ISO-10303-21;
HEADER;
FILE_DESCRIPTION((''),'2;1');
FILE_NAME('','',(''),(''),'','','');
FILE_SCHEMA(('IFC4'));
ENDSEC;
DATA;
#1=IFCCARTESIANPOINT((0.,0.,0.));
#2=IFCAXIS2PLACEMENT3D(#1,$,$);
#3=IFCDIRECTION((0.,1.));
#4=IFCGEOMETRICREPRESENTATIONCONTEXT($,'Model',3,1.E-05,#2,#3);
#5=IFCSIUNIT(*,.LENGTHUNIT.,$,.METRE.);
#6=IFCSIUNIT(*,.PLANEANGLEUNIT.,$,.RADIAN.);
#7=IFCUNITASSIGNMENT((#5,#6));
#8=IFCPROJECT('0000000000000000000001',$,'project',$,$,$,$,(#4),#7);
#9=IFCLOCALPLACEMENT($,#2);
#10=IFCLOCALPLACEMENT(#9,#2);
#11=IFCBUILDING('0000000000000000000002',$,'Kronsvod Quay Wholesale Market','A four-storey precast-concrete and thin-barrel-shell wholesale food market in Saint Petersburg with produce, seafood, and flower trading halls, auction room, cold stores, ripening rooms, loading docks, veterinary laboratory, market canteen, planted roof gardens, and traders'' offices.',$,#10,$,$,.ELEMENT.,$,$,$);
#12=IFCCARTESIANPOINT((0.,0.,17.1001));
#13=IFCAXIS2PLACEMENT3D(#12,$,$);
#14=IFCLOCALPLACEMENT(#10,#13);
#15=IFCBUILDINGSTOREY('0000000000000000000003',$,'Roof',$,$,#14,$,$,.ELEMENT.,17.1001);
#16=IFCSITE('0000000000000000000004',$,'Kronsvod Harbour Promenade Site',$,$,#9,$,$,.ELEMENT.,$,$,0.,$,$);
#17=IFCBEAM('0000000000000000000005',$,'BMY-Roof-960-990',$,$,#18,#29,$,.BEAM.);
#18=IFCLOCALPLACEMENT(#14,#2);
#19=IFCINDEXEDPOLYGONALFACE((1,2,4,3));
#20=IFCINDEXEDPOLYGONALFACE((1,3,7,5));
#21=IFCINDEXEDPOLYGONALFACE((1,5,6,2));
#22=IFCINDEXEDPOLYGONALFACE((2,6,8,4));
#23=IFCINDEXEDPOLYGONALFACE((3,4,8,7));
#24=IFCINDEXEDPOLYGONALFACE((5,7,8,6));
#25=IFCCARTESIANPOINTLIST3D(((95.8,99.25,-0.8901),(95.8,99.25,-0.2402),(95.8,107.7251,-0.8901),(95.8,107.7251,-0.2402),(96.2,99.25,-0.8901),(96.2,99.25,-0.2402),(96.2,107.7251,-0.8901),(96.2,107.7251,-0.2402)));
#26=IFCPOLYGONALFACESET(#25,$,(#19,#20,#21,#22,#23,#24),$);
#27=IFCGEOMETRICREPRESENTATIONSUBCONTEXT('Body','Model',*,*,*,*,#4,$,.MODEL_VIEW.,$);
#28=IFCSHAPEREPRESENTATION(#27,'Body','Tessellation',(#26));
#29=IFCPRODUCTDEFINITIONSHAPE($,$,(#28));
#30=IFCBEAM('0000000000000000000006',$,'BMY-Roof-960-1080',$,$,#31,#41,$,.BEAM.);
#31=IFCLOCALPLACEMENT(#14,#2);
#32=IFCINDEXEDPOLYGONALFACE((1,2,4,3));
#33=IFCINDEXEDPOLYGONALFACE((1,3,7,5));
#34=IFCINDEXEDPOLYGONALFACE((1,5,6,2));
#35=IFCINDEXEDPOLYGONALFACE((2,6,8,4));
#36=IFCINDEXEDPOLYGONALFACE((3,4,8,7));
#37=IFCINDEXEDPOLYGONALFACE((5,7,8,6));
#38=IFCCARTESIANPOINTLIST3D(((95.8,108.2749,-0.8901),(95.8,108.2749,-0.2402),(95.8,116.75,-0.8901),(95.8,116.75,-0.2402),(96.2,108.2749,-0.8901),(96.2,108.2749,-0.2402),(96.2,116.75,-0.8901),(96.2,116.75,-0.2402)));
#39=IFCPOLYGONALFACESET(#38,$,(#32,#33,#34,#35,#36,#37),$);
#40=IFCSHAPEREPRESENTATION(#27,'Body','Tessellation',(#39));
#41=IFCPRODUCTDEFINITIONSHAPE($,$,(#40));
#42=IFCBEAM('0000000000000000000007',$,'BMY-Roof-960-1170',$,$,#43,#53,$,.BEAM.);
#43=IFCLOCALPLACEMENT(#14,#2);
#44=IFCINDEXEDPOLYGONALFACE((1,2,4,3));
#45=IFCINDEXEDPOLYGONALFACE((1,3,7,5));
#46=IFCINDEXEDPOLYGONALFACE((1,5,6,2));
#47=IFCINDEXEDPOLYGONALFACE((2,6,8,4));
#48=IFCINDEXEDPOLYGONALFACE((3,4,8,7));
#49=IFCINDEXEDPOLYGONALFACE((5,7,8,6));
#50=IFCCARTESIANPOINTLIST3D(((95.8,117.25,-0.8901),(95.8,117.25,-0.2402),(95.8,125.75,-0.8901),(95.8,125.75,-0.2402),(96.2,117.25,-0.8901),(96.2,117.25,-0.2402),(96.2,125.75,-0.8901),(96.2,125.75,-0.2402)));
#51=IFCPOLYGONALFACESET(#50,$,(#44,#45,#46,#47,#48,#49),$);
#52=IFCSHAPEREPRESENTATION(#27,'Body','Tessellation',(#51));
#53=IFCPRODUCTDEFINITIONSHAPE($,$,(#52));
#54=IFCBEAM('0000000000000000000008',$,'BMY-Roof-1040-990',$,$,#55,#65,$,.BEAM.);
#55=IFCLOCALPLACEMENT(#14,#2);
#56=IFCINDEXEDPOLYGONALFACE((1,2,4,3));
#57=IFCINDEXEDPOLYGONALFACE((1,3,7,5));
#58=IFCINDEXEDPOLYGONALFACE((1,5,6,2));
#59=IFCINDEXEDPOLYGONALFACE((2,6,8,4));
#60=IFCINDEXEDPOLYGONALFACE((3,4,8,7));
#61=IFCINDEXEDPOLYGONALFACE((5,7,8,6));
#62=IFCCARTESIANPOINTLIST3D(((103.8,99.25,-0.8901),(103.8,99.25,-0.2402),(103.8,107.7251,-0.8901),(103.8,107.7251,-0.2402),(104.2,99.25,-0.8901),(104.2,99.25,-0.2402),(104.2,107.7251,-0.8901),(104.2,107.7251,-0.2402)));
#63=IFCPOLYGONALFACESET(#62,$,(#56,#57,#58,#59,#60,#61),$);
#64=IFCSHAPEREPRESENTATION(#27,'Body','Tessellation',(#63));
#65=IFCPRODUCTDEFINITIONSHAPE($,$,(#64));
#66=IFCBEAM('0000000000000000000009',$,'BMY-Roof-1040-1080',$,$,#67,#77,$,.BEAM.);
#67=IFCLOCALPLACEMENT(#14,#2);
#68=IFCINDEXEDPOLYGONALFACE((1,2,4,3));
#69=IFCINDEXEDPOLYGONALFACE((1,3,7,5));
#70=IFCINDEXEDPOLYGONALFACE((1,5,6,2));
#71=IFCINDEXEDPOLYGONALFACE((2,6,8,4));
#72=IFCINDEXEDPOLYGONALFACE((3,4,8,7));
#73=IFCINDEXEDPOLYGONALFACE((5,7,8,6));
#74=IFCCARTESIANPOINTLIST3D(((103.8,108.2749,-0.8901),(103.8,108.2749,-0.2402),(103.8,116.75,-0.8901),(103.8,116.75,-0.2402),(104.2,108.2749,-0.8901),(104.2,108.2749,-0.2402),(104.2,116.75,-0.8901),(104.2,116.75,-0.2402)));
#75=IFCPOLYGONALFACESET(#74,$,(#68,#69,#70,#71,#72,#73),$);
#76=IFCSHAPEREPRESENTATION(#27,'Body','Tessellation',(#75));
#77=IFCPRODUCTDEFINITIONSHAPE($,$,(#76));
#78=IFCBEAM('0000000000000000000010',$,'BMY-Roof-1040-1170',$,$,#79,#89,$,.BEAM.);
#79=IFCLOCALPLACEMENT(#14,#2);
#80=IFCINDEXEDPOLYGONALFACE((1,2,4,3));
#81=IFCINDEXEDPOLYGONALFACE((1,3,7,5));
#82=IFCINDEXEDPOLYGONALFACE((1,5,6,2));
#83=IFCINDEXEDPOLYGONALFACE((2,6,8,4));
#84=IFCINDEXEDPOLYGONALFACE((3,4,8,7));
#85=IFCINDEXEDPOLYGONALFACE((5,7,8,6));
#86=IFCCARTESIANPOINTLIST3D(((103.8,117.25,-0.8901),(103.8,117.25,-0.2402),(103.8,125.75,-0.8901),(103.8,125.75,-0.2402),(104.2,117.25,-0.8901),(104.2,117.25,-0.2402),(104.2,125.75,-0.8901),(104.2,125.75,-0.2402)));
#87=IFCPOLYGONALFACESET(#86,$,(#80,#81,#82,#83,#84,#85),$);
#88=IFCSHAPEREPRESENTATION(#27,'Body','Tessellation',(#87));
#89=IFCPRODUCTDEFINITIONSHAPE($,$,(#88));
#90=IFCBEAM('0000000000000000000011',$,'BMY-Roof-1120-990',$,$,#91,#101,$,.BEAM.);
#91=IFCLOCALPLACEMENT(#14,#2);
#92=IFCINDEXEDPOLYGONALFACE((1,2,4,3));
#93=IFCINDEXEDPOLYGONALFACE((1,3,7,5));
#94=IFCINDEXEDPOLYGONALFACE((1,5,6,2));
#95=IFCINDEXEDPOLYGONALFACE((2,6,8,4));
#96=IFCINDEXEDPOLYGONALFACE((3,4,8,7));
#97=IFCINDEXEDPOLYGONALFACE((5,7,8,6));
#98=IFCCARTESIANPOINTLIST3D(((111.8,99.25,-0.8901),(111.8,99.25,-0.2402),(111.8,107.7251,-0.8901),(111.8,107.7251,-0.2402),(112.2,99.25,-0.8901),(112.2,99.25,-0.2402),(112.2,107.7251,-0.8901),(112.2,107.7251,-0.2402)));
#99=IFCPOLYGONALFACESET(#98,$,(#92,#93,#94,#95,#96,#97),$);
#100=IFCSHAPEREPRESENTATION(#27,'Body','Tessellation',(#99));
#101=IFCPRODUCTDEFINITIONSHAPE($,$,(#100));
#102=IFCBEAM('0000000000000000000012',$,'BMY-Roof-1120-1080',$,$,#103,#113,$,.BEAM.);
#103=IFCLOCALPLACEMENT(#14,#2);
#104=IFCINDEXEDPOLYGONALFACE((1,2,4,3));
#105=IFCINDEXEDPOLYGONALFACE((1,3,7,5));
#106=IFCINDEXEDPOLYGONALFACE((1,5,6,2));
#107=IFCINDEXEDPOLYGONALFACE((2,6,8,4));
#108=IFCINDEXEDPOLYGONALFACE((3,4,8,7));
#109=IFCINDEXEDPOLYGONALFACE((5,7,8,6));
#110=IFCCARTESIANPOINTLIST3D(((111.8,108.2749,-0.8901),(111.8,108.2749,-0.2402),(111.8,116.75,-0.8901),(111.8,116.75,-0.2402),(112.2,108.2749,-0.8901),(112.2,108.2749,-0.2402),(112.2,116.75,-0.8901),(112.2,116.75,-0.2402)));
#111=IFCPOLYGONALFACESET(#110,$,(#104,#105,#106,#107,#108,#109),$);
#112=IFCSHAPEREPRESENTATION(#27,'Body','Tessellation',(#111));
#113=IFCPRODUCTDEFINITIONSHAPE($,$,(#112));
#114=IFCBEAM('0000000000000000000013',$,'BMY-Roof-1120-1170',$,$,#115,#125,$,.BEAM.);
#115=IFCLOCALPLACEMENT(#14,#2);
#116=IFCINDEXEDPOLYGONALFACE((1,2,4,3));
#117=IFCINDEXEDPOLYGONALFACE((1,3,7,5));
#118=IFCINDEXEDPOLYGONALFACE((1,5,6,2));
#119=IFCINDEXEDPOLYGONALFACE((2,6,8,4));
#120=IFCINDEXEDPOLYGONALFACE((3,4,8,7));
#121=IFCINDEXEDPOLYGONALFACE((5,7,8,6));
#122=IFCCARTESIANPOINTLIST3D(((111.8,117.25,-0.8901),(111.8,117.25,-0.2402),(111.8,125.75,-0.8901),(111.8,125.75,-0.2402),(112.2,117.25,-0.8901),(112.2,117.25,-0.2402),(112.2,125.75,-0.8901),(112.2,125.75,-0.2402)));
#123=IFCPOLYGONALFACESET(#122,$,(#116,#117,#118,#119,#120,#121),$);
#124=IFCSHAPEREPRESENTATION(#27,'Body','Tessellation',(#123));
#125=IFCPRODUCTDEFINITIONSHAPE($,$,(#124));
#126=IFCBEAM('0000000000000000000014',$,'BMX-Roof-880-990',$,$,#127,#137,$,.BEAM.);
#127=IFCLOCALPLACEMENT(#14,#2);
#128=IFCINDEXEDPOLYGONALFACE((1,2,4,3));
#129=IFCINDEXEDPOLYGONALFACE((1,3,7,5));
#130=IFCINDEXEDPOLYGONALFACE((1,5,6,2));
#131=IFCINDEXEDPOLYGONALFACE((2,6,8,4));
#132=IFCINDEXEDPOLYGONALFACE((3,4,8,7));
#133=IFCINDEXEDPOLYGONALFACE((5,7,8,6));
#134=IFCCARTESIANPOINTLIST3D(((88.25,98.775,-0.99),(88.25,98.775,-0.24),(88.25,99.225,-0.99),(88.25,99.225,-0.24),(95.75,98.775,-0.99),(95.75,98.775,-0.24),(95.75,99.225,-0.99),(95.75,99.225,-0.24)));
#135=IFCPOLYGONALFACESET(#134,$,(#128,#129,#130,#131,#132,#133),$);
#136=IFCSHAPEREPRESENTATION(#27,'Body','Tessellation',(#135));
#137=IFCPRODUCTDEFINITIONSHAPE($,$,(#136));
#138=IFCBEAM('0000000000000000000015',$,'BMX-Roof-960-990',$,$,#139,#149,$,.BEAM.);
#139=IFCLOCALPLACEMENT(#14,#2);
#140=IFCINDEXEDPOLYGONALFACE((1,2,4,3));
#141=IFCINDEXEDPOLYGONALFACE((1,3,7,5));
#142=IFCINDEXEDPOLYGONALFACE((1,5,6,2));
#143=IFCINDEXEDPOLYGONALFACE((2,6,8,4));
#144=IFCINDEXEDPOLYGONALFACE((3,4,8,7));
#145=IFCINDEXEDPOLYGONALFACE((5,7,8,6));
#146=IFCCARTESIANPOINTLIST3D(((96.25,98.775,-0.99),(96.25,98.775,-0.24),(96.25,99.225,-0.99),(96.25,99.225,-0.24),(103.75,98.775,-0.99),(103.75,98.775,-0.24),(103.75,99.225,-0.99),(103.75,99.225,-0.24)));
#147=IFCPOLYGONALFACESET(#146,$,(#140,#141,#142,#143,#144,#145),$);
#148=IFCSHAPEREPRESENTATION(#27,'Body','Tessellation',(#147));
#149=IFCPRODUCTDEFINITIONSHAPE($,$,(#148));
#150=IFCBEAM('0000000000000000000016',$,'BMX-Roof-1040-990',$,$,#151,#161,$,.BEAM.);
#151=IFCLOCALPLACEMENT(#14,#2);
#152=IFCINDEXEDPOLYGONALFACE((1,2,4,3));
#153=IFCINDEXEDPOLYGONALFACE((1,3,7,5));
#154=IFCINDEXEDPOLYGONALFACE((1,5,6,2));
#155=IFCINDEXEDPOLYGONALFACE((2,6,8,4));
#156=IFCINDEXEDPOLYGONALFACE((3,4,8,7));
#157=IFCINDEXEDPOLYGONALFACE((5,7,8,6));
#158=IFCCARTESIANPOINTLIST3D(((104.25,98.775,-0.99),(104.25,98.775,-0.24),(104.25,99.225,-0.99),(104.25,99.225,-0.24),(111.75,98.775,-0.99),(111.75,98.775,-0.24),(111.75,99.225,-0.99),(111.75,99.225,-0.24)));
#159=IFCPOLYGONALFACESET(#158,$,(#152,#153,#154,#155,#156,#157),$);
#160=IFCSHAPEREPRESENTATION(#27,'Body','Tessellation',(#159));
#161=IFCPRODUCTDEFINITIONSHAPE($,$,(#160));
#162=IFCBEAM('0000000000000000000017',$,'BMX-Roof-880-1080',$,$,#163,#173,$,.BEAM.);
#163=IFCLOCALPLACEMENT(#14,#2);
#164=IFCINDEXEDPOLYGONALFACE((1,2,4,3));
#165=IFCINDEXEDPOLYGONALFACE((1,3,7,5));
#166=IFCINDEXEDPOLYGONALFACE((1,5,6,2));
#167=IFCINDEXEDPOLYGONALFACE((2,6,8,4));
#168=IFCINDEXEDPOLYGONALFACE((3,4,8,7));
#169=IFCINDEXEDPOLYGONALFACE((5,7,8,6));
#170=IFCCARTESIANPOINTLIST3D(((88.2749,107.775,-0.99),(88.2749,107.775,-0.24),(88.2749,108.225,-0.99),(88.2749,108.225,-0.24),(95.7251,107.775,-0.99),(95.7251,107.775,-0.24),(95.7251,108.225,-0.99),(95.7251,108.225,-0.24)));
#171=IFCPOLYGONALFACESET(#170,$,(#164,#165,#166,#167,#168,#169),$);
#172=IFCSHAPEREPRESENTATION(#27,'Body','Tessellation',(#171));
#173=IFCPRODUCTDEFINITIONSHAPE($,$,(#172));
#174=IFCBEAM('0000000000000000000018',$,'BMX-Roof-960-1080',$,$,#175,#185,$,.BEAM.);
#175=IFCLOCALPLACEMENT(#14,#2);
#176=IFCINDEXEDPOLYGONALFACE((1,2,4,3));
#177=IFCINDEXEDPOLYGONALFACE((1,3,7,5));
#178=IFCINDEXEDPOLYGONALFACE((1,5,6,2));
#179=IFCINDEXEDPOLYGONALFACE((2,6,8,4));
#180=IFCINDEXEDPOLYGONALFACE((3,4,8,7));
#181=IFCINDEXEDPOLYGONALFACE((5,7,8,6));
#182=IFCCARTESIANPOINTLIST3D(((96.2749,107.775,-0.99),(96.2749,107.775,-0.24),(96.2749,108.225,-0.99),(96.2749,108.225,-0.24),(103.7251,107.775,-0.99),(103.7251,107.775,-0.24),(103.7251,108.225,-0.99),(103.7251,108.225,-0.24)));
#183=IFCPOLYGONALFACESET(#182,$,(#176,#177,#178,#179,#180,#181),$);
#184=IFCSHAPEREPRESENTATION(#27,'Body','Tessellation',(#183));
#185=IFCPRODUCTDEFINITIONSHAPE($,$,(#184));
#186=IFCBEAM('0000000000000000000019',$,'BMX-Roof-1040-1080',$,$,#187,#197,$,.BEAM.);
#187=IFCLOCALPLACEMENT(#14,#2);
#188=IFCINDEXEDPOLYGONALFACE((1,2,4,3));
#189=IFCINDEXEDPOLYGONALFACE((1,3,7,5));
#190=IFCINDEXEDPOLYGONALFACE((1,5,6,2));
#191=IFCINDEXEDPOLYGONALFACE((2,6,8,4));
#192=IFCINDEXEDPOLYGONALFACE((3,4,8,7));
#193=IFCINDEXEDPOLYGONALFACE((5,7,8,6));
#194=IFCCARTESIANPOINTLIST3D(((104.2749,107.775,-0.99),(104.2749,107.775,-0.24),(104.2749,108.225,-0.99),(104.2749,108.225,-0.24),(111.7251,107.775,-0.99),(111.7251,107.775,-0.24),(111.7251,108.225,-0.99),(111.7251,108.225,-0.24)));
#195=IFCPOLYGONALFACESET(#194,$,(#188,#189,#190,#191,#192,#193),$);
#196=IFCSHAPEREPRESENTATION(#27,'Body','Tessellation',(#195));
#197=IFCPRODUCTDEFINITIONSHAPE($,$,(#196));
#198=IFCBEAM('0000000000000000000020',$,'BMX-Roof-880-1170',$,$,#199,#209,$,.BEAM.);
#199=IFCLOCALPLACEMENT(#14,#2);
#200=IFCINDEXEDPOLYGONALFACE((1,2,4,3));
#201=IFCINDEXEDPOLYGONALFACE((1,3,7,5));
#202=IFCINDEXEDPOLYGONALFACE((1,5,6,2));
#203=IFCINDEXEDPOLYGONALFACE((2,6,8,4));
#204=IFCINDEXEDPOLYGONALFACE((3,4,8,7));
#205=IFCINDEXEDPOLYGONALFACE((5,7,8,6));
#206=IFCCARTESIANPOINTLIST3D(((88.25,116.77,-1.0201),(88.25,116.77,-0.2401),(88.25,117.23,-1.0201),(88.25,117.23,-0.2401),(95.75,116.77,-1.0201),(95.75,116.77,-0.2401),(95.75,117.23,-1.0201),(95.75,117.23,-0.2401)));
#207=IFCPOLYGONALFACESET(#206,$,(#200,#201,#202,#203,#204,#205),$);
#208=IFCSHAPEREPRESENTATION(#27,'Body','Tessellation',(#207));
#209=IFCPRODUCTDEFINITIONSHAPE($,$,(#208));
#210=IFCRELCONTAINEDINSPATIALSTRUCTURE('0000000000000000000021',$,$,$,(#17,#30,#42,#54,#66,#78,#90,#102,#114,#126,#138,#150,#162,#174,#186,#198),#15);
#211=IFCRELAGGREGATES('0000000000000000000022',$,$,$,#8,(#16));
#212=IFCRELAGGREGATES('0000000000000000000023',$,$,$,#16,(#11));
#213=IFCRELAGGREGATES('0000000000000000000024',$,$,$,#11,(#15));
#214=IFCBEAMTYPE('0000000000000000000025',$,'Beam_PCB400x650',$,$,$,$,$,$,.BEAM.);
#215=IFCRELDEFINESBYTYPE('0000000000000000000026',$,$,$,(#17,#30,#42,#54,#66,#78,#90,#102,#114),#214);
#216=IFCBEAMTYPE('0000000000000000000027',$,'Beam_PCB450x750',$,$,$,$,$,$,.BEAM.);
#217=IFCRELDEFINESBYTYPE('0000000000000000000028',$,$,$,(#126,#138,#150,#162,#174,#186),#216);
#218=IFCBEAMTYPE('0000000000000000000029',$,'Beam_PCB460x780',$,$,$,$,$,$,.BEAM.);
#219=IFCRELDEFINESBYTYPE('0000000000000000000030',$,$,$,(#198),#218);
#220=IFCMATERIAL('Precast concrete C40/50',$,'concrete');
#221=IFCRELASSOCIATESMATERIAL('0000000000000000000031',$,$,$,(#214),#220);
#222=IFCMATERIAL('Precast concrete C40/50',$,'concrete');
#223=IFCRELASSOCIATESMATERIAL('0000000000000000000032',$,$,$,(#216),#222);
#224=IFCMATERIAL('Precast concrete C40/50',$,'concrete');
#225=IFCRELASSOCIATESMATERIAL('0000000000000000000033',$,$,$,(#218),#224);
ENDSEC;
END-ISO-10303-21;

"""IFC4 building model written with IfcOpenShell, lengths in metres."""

from ifc_helpers import new_model, si_unit, direction, frame, origin, origin_2d, place, context, subcontext, project, spatial, rectangle, extrude, material, material_profile, profile_set, type_object, element, save


model = new_model("IFC4")

# Units and contexts
model_context = context("Model", 3, precision=1e-05, world=origin(), true_north=direction((0.0, 1.0)))
body_context = subcontext(model_context, "Body", "Model", "MODEL_VIEW")
ifc_project = project(units=[si_unit("LENGTHUNIT", "METRE"), si_unit("PLANEANGLEUNIT", "RADIAN")], contexts=[model_context])

# Site, building, storey
site_placement = place(None, origin())
site = spatial("IfcSite", under=ifc_project, at=site_placement, Name="Kronsvod Harbour Promenade Site", CompositionType="ELEMENT", RefElevation=0.0)
building_placement = place(site_placement, origin())
building = spatial("IfcBuilding", under=site, at=building_placement, Name="Kronsvod Quay Wholesale Market", Description="A four-storey precast-concrete and thin-barrel-shell wholesale food market in Saint Petersburg with produce, seafood, and flower trading halls, auction room, cold stores, ripening rooms, loading docks, veterinary laboratory, market canteen, planted roof gardens, and traders' offices.", CompositionType="ELEMENT")
storey_placement = place(building_placement, frame((0.0, 0.0, 17.1001)))
storey = spatial("IfcBuildingStorey", under=building, at=storey_placement, Name="Roof", CompositionType="ELEMENT", Elevation=17.1001)

# Beams
ifc_material_1 = material(Name="Precast concrete C40/50", Category="concrete")
ifc_material_profile_1 = material_profile(ifc_material_1, rectangle(XDim=0.3999, YDim=0.6499, at=origin_2d()), Name="PCB400x650")
ifc_profile_set_1 = profile_set([ifc_material_profile_1], Name="Precast concrete C40/50")
beam_type_1 = type_object("IfcBeamType", Name="Beam_PCB400x650", PredefinedType="BEAM", material=ifc_profile_set_1)
for number, where, z_axis, x_axis, name in (
    (1, (96.0, 99.25, -0.5652), (0.0, 1.0, 0.0), (-1.0, 0.0, 0.0), "BMY-Roof-960-990"),
    (2, (96.0, 108.2749, -0.5652), (0.0, 1.0, 0.0), (-1.0, 0.0, 0.0), "BMY-Roof-960-1080"),
):
    element("IfcBeam", number, at=place(storey_placement, frame(where, z_axis=z_axis, x_axis=x_axis)), inside=storey, type_object=beam_type_1, Name=name, PredefinedType="BEAM", context=body_context, shape_type="SweptSolid", body=[
        extrude(rectangle(XDim=0.3999, YDim=0.6499, at=origin_2d()), origin(), (0.0, 0.0, 1.0), 8.4751),
    ])
beam_1_placement = place(storey_placement, frame((96.0, 117.25, -0.5652), z_axis=(0.0, 1.0, 0.0), x_axis=(-1.0, 0.0, 0.0)))
element("IfcBeam", 3, at=beam_1_placement, inside=storey, type_object=beam_type_1, Name="BMY-Roof-960-1170", PredefinedType="BEAM", context=body_context, shape_type="SweptSolid", body=[
    extrude(rectangle(XDim=0.3999, YDim=0.6499, at=origin_2d()), origin(), (0.0, 0.0, 1.0), 8.5),
])
for number, where, z_axis, x_axis, name in (
    (4, (104.0, 99.25, -0.5652), (0.0, 1.0, 0.0), (-1.0, 0.0, 0.0), "BMY-Roof-1040-990"),
    (5, (104.0, 108.2749, -0.5652), (0.0, 1.0, 0.0), (-1.0, 0.0, 0.0), "BMY-Roof-1040-1080"),
):
    element("IfcBeam", number, at=place(storey_placement, frame(where, z_axis=z_axis, x_axis=x_axis)), inside=storey, type_object=beam_type_1, Name=name, PredefinedType="BEAM", context=body_context, shape_type="SweptSolid", body=[
        extrude(rectangle(XDim=0.3999, YDim=0.6499, at=origin_2d()), origin(), (0.0, 0.0, 1.0), 8.4751),
    ])
beam_2_placement = place(storey_placement, frame((104.0, 117.25, -0.5652), z_axis=(0.0, 1.0, 0.0), x_axis=(-1.0, 0.0, 0.0)))
element("IfcBeam", 6, at=beam_2_placement, inside=storey, type_object=beam_type_1, Name="BMY-Roof-1040-1170", PredefinedType="BEAM", context=body_context, shape_type="SweptSolid", body=[
    extrude(rectangle(XDim=0.3999, YDim=0.6499, at=origin_2d()), origin(), (0.0, 0.0, 1.0), 8.5),
])
for number, where, z_axis, x_axis, name in (
    (7, (112.0, 99.25, -0.5652), (0.0, 1.0, 0.0), (-1.0, 0.0, 0.0), "BMY-Roof-1120-990"),
    (8, (112.0, 108.2749, -0.5652), (0.0, 1.0, 0.0), (-1.0, 0.0, 0.0), "BMY-Roof-1120-1080"),
):
    element("IfcBeam", number, at=place(storey_placement, frame(where, z_axis=z_axis, x_axis=x_axis)), inside=storey, type_object=beam_type_1, Name=name, PredefinedType="BEAM", context=body_context, shape_type="SweptSolid", body=[
        extrude(rectangle(XDim=0.3999, YDim=0.6499, at=origin_2d()), origin(), (0.0, 0.0, 1.0), 8.4751),
    ])
beam_3_placement = place(storey_placement, frame((112.0, 117.25, -0.5652), z_axis=(0.0, 1.0, 0.0), x_axis=(-1.0, 0.0, 0.0)))
element("IfcBeam", 9, at=beam_3_placement, inside=storey, type_object=beam_type_1, Name="BMY-Roof-1120-1170", PredefinedType="BEAM", context=body_context, shape_type="SweptSolid", body=[
    extrude(rectangle(XDim=0.3999, YDim=0.6499, at=origin_2d()), origin(), (0.0, 0.0, 1.0), 8.5),
])
ifc_material_2 = material(Name="Precast concrete C40/50", Category="concrete")
ifc_material_profile_2 = material_profile(ifc_material_2, rectangle(XDim=0.45, YDim=0.75, at=origin_2d()), Name="PCB450x750")
ifc_profile_set_2 = profile_set([ifc_material_profile_2], Name="Precast concrete C40/50")
beam_type_2 = type_object("IfcBeamType", Name="Beam_PCB450x750", PredefinedType="BEAM", material=ifc_profile_set_2)
for number, where, z_axis, x_axis, name in (
    (10, (88.25, 99.0, -0.615), (1.0, 0.0, 0.0), (0.0, 1.0, 0.0), "BMX-Roof-880-990"),
    (11, (96.25, 99.0, -0.615), (1.0, 0.0, 0.0), (0.0, 1.0, 0.0), "BMX-Roof-960-990"),
    (12, (104.25, 99.0, -0.615), (1.0, 0.0, 0.0), (0.0, 1.0, 0.0), "BMX-Roof-1040-990"),
):
    element("IfcBeam", number, at=place(storey_placement, frame(where, z_axis=z_axis, x_axis=x_axis)), inside=storey, type_object=beam_type_2, Name=name, PredefinedType="BEAM", context=body_context, shape_type="SweptSolid", body=[
        extrude(rectangle(XDim=0.45, YDim=0.75, at=origin_2d()), origin(), (0.0, 0.0, 1.0), 7.5),
    ])
for number, where, z_axis, x_axis, name in (
    (13, (88.2749, 108.0, -0.615), (1.0, 0.0, 0.0), (0.0, 1.0, 0.0), "BMX-Roof-880-1080"),
    (14, (96.2749, 108.0, -0.615), (1.0, 0.0, 0.0), (0.0, 1.0, 0.0), "BMX-Roof-960-1080"),
    (15, (104.2749, 108.0, -0.615), (1.0, 0.0, 0.0), (0.0, 1.0, 0.0), "BMX-Roof-1040-1080"),
):
    element("IfcBeam", number, at=place(storey_placement, frame(where, z_axis=z_axis, x_axis=x_axis)), inside=storey, type_object=beam_type_2, Name=name, PredefinedType="BEAM", context=body_context, shape_type="SweptSolid", body=[
        extrude(rectangle(XDim=0.45, YDim=0.75, at=origin_2d()), origin(), (0.0, 0.0, 1.0), 7.4502),
    ])
ifc_material_3 = material(Name="Precast concrete C40/50", Category="concrete")
ifc_material_profile_3 = material_profile(ifc_material_3, rectangle(XDim=0.46, YDim=0.78, at=origin_2d()), Name="PB-03")
ifc_profile_set_3 = profile_set([ifc_material_profile_3], Name="Precast concrete C40/50")
beam_type_3 = type_object("IfcBeamType", Name="Beam_PCB460x780", PredefinedType="BEAM", material=ifc_profile_set_3)
for number, where, z_axis, x_axis, name in (
    (16, (88.25, 117.0, -0.6301), (1.0, 0.0, 0.0), (0.0, 1.0, 0.0), "BMX-Roof-880-1170"),
):
    element("IfcBeam", number, at=place(storey_placement, frame(where, z_axis=z_axis, x_axis=x_axis)), inside=storey, type_object=beam_type_3, Name=name, PredefinedType="BEAM", context=body_context, shape_type="SweptSolid", body=[
        extrude(rectangle(XDim=0.46, YDim=0.78, at=origin_2d()), origin(), (0.0, 0.0, 1.0), 7.5),
    ])

save(model, "model.ifc")
